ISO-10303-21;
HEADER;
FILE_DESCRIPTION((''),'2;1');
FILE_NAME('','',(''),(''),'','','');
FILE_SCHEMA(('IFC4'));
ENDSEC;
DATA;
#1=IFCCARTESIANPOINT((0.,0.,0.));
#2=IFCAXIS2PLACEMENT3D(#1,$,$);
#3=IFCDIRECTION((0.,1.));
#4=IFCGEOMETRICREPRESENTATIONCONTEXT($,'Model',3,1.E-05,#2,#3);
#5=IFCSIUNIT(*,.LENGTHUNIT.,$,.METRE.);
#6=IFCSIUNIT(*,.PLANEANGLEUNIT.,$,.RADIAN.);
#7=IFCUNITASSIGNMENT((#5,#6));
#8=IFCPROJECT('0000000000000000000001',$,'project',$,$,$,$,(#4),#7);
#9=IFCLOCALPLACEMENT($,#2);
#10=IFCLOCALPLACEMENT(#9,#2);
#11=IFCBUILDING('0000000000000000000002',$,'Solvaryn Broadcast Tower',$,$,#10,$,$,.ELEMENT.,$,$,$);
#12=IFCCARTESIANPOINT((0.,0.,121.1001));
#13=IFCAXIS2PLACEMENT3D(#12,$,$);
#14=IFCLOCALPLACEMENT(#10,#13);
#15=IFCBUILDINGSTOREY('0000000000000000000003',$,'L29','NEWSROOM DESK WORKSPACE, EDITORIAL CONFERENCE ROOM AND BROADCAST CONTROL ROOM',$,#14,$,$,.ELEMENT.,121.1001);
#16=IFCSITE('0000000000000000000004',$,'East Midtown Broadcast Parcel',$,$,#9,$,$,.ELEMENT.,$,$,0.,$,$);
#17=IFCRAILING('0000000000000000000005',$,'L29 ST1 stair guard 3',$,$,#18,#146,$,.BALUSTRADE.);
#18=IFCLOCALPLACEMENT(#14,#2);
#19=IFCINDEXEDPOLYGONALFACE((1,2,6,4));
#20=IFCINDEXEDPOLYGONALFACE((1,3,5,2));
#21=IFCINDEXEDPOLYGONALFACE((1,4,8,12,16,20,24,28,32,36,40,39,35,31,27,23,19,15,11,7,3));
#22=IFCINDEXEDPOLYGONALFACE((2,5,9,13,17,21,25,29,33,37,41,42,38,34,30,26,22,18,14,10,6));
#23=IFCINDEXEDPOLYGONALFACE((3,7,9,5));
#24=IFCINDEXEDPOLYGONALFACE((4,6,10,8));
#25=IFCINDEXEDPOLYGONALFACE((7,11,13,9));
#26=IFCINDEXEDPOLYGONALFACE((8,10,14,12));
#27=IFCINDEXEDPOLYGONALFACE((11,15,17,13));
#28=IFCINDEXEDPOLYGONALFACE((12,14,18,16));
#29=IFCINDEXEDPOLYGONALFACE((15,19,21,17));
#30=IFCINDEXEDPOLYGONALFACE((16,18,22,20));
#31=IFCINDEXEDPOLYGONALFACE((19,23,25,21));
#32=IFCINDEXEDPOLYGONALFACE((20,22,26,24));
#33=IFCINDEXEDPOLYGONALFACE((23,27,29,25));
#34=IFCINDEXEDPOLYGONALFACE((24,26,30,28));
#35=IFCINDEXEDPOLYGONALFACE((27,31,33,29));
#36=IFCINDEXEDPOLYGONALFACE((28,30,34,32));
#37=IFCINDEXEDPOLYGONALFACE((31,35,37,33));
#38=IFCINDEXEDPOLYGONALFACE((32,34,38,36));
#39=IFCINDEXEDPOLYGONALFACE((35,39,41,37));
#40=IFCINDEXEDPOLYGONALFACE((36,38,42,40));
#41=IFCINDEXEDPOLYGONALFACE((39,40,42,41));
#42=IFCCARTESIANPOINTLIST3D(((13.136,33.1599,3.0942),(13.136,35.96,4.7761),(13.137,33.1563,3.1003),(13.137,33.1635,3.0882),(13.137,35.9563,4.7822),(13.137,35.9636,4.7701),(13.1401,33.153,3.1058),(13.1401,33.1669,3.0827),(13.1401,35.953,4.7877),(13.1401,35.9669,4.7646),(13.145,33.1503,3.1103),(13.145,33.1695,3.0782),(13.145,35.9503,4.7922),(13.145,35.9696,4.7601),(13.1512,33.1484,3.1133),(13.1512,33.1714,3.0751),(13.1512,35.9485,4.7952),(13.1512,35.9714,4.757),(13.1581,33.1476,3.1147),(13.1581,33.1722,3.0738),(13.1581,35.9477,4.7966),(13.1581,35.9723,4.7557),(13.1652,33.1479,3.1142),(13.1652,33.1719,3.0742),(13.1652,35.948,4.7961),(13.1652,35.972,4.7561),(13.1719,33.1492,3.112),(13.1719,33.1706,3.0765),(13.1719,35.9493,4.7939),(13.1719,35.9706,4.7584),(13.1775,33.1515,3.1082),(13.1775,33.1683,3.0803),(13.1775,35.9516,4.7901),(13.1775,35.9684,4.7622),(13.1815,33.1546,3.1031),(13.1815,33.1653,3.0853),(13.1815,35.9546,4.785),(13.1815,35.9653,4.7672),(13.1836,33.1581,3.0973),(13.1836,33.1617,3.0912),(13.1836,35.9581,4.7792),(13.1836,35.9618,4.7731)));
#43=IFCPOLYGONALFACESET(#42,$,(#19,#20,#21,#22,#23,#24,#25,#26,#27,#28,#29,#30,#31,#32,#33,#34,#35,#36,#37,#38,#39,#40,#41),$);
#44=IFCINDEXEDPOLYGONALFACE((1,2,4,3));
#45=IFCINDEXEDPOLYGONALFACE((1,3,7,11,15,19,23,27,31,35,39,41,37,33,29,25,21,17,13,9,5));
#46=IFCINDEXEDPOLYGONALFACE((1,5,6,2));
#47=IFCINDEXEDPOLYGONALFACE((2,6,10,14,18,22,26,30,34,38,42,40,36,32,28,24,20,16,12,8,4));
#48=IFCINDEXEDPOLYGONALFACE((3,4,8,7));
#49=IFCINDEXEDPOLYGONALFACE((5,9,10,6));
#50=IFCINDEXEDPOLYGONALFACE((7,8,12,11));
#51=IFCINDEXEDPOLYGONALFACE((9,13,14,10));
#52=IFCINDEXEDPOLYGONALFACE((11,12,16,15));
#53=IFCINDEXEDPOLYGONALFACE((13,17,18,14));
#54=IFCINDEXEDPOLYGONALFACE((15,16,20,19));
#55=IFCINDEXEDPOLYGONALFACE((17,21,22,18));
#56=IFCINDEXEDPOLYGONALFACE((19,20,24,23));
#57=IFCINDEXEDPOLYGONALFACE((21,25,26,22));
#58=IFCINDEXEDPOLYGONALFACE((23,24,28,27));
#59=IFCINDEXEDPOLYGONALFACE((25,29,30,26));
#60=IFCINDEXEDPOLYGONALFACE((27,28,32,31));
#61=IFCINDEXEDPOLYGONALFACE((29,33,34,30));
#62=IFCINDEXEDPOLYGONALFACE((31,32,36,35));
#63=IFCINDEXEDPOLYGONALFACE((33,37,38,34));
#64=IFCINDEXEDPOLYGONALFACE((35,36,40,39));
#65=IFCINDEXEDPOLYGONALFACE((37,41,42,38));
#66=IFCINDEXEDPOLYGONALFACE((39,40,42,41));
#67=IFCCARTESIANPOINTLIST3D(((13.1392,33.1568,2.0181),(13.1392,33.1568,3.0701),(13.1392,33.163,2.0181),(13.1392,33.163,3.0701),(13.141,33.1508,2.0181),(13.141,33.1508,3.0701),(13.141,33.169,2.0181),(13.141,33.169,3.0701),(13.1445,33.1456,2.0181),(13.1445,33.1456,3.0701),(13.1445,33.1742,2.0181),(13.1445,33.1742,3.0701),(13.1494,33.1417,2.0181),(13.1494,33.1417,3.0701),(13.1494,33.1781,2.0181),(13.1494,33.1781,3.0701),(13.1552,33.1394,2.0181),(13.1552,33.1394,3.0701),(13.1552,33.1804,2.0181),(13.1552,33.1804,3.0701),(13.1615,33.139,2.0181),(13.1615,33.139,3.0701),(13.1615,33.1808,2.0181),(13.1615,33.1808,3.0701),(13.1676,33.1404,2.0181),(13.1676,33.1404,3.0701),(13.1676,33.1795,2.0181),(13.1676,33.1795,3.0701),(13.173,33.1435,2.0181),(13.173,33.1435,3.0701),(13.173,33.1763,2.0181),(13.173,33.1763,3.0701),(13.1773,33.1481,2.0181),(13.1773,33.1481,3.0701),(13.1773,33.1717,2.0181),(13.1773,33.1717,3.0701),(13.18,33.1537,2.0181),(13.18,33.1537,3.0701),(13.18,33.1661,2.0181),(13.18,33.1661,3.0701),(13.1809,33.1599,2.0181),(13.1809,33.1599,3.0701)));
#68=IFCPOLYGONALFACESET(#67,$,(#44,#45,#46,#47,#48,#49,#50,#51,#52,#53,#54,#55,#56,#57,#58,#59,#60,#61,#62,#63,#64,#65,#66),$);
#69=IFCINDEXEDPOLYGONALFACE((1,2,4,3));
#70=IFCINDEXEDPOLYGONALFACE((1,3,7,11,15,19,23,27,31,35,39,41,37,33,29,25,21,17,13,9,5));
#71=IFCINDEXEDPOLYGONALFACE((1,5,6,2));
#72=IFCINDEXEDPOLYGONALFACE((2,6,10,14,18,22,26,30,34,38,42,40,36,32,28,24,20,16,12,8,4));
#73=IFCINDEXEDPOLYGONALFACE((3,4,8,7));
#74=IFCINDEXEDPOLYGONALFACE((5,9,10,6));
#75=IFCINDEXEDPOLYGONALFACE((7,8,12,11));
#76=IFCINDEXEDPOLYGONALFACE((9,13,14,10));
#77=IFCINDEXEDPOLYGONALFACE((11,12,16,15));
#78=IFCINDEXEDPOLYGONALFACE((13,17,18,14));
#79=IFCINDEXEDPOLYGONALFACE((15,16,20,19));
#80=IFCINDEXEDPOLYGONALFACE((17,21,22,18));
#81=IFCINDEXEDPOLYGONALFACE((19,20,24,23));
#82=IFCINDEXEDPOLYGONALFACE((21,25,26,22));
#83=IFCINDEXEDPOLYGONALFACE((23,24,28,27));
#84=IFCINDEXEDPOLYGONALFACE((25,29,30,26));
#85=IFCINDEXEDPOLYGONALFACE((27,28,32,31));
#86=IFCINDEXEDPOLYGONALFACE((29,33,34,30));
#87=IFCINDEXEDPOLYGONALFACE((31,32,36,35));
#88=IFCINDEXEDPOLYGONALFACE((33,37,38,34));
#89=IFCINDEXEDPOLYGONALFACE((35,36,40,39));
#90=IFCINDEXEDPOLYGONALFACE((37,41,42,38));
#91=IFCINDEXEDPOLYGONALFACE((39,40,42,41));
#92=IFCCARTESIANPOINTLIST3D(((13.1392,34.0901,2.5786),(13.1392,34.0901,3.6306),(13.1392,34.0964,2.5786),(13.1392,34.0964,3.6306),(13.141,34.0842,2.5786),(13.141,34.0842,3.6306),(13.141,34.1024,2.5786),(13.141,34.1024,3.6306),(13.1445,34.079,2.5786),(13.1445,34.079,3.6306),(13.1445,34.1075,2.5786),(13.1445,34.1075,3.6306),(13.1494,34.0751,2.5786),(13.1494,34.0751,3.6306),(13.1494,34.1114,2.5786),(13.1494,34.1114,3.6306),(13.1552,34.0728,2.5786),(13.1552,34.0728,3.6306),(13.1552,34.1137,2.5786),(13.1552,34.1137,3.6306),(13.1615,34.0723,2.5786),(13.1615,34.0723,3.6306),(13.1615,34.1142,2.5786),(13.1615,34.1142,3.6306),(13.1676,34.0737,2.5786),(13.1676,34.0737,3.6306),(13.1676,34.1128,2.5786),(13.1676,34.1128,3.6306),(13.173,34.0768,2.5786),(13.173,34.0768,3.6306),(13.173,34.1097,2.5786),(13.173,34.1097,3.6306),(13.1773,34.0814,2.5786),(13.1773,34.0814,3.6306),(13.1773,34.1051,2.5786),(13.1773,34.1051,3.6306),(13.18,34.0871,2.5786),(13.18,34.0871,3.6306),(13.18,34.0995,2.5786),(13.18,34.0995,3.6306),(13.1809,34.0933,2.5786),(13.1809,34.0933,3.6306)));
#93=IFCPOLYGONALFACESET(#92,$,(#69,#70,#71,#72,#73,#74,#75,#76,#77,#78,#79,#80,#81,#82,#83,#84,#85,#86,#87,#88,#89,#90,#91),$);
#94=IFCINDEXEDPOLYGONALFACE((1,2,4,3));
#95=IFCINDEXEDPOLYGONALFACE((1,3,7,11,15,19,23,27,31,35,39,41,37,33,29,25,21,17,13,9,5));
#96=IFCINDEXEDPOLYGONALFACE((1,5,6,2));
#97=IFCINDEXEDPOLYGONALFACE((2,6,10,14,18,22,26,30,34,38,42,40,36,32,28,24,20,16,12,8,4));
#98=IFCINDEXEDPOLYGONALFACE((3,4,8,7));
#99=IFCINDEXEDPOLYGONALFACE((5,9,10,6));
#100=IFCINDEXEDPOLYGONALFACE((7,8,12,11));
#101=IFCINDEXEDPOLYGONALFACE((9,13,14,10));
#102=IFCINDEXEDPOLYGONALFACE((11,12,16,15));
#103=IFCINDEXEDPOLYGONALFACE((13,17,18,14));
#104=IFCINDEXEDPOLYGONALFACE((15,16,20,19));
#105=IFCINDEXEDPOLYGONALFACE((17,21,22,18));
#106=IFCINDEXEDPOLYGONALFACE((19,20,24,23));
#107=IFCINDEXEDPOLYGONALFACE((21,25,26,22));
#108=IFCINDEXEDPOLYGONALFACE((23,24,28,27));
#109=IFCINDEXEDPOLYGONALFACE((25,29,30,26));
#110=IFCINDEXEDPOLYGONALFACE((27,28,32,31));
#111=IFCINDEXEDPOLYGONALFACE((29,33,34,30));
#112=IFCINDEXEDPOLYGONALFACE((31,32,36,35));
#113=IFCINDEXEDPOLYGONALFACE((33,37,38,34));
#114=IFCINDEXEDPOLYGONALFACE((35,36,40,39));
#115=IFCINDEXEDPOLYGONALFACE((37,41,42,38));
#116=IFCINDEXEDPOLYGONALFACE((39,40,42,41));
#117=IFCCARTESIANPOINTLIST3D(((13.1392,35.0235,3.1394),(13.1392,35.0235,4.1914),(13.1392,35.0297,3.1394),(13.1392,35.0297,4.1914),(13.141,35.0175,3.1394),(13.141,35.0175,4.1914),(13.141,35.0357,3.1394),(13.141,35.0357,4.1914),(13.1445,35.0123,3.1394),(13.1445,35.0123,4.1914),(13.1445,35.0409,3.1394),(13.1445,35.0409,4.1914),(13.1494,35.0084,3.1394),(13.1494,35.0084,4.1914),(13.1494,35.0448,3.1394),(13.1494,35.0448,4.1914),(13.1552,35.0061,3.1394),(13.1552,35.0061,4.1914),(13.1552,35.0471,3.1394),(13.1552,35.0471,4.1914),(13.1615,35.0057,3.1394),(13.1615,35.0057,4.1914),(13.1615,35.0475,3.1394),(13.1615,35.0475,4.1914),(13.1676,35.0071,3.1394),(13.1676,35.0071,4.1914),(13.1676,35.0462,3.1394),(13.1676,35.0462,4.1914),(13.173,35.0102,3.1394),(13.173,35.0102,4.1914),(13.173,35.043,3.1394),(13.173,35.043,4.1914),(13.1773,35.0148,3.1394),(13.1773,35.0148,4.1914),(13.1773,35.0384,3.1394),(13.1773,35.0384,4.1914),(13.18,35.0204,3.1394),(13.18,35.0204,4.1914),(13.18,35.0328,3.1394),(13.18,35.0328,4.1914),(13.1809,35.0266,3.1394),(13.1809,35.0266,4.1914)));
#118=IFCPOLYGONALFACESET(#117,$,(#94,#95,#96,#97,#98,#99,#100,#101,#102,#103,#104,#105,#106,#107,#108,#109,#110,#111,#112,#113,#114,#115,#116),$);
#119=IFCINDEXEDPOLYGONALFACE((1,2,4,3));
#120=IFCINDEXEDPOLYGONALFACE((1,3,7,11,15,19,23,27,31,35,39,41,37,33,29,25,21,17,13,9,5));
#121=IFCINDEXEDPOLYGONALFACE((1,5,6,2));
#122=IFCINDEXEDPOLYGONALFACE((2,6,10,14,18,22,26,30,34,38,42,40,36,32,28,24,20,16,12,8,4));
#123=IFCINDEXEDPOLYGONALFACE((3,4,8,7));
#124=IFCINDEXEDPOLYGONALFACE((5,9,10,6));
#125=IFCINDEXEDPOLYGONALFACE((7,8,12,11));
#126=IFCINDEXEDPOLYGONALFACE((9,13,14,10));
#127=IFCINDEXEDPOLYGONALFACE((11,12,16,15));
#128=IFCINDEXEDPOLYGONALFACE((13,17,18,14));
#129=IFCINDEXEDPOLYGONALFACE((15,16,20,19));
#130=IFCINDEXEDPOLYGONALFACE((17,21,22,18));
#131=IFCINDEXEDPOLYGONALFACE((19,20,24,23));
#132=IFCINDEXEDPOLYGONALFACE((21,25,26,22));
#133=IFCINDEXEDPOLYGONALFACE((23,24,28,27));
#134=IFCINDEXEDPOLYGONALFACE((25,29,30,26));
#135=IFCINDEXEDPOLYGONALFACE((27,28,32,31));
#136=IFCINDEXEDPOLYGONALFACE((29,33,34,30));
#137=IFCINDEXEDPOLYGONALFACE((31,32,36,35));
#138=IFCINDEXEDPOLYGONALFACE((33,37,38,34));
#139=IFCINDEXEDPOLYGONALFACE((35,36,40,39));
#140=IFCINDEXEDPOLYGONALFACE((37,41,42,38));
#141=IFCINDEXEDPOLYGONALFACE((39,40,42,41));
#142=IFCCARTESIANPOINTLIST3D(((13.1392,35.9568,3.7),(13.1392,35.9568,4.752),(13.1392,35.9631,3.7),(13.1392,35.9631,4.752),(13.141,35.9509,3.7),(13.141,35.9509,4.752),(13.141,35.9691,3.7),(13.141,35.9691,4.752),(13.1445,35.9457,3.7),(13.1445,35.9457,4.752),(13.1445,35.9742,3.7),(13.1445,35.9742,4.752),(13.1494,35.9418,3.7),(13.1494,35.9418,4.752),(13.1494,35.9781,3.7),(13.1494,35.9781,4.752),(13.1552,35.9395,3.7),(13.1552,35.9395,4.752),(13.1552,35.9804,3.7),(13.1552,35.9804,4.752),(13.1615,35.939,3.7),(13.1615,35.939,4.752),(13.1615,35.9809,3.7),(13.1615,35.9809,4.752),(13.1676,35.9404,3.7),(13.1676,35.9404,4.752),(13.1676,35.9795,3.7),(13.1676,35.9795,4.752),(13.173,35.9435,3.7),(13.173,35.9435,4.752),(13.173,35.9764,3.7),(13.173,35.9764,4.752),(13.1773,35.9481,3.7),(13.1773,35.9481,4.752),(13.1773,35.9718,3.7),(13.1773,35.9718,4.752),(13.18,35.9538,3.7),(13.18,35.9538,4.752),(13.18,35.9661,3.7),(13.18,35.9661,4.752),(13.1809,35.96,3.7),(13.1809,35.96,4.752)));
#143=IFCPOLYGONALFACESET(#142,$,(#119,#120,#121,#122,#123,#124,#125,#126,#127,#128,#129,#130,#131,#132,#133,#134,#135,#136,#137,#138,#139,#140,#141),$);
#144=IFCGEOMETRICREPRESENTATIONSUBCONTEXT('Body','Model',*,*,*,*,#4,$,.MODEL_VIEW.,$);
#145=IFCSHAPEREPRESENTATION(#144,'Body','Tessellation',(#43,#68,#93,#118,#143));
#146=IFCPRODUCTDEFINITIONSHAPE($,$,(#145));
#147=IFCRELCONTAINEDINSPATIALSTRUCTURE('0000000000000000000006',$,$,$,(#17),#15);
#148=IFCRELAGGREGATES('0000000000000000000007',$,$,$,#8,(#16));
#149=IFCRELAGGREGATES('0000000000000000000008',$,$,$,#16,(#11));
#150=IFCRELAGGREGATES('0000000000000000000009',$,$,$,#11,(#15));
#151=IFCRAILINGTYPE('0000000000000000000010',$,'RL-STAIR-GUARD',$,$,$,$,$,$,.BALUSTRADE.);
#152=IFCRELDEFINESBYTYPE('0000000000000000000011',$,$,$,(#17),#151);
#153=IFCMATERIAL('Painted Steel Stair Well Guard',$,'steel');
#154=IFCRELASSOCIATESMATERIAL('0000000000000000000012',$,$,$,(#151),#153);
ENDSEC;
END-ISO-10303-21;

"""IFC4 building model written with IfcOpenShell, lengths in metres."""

from ifc_helpers import new_model, si_unit, direction, frame, origin, origin_2d, place, context, subcontext, project, spatial, circle, extrude, material, type_object, element, save


model = new_model("IFC4")

# Units and contexts
model_context = context("Model", 3, precision=1e-05, world=origin(), true_north=direction((0.0, 1.0)))
body_context = subcontext(model_context, "Body", "Model", "MODEL_VIEW")
ifc_project = project(units=[si_unit("LENGTHUNIT", "METRE"), si_unit("PLANEANGLEUNIT", "RADIAN")], contexts=[model_context])

# Site, building, storey
site_placement = place(None, origin())
site = spatial("IfcSite", under=ifc_project, at=site_placement, Name="East Midtown Broadcast Parcel", CompositionType="ELEMENT", RefElevation=0.0)
building_placement = place(site_placement, origin())
building = spatial("IfcBuilding", under=site, at=building_placement, Name="Solvaryn Broadcast Tower", CompositionType="ELEMENT")
storey_placement = place(building_placement, frame((0.0, 0.0, 121.1001)))
storey = spatial("IfcBuildingStorey", under=building, at=storey_placement, Name="L29", Description="NEWSROOM DESK WORKSPACE, EDITORIAL CONFERENCE ROOM AND BROADCAST CONTROL ROOM", CompositionType="ELEMENT", Elevation=121.1001)

# Railing
ifc_material_1 = material(Name="Painted Steel Stair Well Guard", Category="steel")
railing_type_1 = type_object("IfcRailingType", Name="RL-STAIR-GUARD", PredefinedType="BALUSTRADE", material=ifc_material_1)
railing_1_placement = place(storey_placement, frame((13.1599, 33.1599, 2.0181)))
element("IfcRailing", 1, at=railing_1_placement, inside=storey, type_object=railing_type_1, Name="L29 ST1 stair guard 3", PredefinedType="BALUSTRADE", context=body_context, shape_type="SweptSolid", body=[
    extrude(circle(Radius=0.0239, at=origin_2d()), frame((0.0, 0.0, 1.0762), z_axis=(0.0, 0.857242, 0.514913), x_axis=(-1.0, 0.0, 0.0)), (0.0, 0.0, 1.0), 3.2664),
    extrude(circle(Radius=0.021, at=origin_2d()), origin(), (0.0, 0.0, 1.0), 1.052),
    extrude(circle(Radius=0.021, at=origin_2d()), frame((0.0, 0.9333, 0.5605)), (0.0, 0.0, 1.0), 1.052),
    extrude(circle(Radius=0.021, at=origin_2d()), frame((0.0, 1.8667, 1.1213)), (0.0, 0.0, 1.0), 1.052),
    extrude(circle(Radius=0.021, at=origin_2d()), frame((0.0, 2.8, 1.6819)), (0.0, 0.0, 1.0), 1.052),
])

save(model, "model.ifc")
